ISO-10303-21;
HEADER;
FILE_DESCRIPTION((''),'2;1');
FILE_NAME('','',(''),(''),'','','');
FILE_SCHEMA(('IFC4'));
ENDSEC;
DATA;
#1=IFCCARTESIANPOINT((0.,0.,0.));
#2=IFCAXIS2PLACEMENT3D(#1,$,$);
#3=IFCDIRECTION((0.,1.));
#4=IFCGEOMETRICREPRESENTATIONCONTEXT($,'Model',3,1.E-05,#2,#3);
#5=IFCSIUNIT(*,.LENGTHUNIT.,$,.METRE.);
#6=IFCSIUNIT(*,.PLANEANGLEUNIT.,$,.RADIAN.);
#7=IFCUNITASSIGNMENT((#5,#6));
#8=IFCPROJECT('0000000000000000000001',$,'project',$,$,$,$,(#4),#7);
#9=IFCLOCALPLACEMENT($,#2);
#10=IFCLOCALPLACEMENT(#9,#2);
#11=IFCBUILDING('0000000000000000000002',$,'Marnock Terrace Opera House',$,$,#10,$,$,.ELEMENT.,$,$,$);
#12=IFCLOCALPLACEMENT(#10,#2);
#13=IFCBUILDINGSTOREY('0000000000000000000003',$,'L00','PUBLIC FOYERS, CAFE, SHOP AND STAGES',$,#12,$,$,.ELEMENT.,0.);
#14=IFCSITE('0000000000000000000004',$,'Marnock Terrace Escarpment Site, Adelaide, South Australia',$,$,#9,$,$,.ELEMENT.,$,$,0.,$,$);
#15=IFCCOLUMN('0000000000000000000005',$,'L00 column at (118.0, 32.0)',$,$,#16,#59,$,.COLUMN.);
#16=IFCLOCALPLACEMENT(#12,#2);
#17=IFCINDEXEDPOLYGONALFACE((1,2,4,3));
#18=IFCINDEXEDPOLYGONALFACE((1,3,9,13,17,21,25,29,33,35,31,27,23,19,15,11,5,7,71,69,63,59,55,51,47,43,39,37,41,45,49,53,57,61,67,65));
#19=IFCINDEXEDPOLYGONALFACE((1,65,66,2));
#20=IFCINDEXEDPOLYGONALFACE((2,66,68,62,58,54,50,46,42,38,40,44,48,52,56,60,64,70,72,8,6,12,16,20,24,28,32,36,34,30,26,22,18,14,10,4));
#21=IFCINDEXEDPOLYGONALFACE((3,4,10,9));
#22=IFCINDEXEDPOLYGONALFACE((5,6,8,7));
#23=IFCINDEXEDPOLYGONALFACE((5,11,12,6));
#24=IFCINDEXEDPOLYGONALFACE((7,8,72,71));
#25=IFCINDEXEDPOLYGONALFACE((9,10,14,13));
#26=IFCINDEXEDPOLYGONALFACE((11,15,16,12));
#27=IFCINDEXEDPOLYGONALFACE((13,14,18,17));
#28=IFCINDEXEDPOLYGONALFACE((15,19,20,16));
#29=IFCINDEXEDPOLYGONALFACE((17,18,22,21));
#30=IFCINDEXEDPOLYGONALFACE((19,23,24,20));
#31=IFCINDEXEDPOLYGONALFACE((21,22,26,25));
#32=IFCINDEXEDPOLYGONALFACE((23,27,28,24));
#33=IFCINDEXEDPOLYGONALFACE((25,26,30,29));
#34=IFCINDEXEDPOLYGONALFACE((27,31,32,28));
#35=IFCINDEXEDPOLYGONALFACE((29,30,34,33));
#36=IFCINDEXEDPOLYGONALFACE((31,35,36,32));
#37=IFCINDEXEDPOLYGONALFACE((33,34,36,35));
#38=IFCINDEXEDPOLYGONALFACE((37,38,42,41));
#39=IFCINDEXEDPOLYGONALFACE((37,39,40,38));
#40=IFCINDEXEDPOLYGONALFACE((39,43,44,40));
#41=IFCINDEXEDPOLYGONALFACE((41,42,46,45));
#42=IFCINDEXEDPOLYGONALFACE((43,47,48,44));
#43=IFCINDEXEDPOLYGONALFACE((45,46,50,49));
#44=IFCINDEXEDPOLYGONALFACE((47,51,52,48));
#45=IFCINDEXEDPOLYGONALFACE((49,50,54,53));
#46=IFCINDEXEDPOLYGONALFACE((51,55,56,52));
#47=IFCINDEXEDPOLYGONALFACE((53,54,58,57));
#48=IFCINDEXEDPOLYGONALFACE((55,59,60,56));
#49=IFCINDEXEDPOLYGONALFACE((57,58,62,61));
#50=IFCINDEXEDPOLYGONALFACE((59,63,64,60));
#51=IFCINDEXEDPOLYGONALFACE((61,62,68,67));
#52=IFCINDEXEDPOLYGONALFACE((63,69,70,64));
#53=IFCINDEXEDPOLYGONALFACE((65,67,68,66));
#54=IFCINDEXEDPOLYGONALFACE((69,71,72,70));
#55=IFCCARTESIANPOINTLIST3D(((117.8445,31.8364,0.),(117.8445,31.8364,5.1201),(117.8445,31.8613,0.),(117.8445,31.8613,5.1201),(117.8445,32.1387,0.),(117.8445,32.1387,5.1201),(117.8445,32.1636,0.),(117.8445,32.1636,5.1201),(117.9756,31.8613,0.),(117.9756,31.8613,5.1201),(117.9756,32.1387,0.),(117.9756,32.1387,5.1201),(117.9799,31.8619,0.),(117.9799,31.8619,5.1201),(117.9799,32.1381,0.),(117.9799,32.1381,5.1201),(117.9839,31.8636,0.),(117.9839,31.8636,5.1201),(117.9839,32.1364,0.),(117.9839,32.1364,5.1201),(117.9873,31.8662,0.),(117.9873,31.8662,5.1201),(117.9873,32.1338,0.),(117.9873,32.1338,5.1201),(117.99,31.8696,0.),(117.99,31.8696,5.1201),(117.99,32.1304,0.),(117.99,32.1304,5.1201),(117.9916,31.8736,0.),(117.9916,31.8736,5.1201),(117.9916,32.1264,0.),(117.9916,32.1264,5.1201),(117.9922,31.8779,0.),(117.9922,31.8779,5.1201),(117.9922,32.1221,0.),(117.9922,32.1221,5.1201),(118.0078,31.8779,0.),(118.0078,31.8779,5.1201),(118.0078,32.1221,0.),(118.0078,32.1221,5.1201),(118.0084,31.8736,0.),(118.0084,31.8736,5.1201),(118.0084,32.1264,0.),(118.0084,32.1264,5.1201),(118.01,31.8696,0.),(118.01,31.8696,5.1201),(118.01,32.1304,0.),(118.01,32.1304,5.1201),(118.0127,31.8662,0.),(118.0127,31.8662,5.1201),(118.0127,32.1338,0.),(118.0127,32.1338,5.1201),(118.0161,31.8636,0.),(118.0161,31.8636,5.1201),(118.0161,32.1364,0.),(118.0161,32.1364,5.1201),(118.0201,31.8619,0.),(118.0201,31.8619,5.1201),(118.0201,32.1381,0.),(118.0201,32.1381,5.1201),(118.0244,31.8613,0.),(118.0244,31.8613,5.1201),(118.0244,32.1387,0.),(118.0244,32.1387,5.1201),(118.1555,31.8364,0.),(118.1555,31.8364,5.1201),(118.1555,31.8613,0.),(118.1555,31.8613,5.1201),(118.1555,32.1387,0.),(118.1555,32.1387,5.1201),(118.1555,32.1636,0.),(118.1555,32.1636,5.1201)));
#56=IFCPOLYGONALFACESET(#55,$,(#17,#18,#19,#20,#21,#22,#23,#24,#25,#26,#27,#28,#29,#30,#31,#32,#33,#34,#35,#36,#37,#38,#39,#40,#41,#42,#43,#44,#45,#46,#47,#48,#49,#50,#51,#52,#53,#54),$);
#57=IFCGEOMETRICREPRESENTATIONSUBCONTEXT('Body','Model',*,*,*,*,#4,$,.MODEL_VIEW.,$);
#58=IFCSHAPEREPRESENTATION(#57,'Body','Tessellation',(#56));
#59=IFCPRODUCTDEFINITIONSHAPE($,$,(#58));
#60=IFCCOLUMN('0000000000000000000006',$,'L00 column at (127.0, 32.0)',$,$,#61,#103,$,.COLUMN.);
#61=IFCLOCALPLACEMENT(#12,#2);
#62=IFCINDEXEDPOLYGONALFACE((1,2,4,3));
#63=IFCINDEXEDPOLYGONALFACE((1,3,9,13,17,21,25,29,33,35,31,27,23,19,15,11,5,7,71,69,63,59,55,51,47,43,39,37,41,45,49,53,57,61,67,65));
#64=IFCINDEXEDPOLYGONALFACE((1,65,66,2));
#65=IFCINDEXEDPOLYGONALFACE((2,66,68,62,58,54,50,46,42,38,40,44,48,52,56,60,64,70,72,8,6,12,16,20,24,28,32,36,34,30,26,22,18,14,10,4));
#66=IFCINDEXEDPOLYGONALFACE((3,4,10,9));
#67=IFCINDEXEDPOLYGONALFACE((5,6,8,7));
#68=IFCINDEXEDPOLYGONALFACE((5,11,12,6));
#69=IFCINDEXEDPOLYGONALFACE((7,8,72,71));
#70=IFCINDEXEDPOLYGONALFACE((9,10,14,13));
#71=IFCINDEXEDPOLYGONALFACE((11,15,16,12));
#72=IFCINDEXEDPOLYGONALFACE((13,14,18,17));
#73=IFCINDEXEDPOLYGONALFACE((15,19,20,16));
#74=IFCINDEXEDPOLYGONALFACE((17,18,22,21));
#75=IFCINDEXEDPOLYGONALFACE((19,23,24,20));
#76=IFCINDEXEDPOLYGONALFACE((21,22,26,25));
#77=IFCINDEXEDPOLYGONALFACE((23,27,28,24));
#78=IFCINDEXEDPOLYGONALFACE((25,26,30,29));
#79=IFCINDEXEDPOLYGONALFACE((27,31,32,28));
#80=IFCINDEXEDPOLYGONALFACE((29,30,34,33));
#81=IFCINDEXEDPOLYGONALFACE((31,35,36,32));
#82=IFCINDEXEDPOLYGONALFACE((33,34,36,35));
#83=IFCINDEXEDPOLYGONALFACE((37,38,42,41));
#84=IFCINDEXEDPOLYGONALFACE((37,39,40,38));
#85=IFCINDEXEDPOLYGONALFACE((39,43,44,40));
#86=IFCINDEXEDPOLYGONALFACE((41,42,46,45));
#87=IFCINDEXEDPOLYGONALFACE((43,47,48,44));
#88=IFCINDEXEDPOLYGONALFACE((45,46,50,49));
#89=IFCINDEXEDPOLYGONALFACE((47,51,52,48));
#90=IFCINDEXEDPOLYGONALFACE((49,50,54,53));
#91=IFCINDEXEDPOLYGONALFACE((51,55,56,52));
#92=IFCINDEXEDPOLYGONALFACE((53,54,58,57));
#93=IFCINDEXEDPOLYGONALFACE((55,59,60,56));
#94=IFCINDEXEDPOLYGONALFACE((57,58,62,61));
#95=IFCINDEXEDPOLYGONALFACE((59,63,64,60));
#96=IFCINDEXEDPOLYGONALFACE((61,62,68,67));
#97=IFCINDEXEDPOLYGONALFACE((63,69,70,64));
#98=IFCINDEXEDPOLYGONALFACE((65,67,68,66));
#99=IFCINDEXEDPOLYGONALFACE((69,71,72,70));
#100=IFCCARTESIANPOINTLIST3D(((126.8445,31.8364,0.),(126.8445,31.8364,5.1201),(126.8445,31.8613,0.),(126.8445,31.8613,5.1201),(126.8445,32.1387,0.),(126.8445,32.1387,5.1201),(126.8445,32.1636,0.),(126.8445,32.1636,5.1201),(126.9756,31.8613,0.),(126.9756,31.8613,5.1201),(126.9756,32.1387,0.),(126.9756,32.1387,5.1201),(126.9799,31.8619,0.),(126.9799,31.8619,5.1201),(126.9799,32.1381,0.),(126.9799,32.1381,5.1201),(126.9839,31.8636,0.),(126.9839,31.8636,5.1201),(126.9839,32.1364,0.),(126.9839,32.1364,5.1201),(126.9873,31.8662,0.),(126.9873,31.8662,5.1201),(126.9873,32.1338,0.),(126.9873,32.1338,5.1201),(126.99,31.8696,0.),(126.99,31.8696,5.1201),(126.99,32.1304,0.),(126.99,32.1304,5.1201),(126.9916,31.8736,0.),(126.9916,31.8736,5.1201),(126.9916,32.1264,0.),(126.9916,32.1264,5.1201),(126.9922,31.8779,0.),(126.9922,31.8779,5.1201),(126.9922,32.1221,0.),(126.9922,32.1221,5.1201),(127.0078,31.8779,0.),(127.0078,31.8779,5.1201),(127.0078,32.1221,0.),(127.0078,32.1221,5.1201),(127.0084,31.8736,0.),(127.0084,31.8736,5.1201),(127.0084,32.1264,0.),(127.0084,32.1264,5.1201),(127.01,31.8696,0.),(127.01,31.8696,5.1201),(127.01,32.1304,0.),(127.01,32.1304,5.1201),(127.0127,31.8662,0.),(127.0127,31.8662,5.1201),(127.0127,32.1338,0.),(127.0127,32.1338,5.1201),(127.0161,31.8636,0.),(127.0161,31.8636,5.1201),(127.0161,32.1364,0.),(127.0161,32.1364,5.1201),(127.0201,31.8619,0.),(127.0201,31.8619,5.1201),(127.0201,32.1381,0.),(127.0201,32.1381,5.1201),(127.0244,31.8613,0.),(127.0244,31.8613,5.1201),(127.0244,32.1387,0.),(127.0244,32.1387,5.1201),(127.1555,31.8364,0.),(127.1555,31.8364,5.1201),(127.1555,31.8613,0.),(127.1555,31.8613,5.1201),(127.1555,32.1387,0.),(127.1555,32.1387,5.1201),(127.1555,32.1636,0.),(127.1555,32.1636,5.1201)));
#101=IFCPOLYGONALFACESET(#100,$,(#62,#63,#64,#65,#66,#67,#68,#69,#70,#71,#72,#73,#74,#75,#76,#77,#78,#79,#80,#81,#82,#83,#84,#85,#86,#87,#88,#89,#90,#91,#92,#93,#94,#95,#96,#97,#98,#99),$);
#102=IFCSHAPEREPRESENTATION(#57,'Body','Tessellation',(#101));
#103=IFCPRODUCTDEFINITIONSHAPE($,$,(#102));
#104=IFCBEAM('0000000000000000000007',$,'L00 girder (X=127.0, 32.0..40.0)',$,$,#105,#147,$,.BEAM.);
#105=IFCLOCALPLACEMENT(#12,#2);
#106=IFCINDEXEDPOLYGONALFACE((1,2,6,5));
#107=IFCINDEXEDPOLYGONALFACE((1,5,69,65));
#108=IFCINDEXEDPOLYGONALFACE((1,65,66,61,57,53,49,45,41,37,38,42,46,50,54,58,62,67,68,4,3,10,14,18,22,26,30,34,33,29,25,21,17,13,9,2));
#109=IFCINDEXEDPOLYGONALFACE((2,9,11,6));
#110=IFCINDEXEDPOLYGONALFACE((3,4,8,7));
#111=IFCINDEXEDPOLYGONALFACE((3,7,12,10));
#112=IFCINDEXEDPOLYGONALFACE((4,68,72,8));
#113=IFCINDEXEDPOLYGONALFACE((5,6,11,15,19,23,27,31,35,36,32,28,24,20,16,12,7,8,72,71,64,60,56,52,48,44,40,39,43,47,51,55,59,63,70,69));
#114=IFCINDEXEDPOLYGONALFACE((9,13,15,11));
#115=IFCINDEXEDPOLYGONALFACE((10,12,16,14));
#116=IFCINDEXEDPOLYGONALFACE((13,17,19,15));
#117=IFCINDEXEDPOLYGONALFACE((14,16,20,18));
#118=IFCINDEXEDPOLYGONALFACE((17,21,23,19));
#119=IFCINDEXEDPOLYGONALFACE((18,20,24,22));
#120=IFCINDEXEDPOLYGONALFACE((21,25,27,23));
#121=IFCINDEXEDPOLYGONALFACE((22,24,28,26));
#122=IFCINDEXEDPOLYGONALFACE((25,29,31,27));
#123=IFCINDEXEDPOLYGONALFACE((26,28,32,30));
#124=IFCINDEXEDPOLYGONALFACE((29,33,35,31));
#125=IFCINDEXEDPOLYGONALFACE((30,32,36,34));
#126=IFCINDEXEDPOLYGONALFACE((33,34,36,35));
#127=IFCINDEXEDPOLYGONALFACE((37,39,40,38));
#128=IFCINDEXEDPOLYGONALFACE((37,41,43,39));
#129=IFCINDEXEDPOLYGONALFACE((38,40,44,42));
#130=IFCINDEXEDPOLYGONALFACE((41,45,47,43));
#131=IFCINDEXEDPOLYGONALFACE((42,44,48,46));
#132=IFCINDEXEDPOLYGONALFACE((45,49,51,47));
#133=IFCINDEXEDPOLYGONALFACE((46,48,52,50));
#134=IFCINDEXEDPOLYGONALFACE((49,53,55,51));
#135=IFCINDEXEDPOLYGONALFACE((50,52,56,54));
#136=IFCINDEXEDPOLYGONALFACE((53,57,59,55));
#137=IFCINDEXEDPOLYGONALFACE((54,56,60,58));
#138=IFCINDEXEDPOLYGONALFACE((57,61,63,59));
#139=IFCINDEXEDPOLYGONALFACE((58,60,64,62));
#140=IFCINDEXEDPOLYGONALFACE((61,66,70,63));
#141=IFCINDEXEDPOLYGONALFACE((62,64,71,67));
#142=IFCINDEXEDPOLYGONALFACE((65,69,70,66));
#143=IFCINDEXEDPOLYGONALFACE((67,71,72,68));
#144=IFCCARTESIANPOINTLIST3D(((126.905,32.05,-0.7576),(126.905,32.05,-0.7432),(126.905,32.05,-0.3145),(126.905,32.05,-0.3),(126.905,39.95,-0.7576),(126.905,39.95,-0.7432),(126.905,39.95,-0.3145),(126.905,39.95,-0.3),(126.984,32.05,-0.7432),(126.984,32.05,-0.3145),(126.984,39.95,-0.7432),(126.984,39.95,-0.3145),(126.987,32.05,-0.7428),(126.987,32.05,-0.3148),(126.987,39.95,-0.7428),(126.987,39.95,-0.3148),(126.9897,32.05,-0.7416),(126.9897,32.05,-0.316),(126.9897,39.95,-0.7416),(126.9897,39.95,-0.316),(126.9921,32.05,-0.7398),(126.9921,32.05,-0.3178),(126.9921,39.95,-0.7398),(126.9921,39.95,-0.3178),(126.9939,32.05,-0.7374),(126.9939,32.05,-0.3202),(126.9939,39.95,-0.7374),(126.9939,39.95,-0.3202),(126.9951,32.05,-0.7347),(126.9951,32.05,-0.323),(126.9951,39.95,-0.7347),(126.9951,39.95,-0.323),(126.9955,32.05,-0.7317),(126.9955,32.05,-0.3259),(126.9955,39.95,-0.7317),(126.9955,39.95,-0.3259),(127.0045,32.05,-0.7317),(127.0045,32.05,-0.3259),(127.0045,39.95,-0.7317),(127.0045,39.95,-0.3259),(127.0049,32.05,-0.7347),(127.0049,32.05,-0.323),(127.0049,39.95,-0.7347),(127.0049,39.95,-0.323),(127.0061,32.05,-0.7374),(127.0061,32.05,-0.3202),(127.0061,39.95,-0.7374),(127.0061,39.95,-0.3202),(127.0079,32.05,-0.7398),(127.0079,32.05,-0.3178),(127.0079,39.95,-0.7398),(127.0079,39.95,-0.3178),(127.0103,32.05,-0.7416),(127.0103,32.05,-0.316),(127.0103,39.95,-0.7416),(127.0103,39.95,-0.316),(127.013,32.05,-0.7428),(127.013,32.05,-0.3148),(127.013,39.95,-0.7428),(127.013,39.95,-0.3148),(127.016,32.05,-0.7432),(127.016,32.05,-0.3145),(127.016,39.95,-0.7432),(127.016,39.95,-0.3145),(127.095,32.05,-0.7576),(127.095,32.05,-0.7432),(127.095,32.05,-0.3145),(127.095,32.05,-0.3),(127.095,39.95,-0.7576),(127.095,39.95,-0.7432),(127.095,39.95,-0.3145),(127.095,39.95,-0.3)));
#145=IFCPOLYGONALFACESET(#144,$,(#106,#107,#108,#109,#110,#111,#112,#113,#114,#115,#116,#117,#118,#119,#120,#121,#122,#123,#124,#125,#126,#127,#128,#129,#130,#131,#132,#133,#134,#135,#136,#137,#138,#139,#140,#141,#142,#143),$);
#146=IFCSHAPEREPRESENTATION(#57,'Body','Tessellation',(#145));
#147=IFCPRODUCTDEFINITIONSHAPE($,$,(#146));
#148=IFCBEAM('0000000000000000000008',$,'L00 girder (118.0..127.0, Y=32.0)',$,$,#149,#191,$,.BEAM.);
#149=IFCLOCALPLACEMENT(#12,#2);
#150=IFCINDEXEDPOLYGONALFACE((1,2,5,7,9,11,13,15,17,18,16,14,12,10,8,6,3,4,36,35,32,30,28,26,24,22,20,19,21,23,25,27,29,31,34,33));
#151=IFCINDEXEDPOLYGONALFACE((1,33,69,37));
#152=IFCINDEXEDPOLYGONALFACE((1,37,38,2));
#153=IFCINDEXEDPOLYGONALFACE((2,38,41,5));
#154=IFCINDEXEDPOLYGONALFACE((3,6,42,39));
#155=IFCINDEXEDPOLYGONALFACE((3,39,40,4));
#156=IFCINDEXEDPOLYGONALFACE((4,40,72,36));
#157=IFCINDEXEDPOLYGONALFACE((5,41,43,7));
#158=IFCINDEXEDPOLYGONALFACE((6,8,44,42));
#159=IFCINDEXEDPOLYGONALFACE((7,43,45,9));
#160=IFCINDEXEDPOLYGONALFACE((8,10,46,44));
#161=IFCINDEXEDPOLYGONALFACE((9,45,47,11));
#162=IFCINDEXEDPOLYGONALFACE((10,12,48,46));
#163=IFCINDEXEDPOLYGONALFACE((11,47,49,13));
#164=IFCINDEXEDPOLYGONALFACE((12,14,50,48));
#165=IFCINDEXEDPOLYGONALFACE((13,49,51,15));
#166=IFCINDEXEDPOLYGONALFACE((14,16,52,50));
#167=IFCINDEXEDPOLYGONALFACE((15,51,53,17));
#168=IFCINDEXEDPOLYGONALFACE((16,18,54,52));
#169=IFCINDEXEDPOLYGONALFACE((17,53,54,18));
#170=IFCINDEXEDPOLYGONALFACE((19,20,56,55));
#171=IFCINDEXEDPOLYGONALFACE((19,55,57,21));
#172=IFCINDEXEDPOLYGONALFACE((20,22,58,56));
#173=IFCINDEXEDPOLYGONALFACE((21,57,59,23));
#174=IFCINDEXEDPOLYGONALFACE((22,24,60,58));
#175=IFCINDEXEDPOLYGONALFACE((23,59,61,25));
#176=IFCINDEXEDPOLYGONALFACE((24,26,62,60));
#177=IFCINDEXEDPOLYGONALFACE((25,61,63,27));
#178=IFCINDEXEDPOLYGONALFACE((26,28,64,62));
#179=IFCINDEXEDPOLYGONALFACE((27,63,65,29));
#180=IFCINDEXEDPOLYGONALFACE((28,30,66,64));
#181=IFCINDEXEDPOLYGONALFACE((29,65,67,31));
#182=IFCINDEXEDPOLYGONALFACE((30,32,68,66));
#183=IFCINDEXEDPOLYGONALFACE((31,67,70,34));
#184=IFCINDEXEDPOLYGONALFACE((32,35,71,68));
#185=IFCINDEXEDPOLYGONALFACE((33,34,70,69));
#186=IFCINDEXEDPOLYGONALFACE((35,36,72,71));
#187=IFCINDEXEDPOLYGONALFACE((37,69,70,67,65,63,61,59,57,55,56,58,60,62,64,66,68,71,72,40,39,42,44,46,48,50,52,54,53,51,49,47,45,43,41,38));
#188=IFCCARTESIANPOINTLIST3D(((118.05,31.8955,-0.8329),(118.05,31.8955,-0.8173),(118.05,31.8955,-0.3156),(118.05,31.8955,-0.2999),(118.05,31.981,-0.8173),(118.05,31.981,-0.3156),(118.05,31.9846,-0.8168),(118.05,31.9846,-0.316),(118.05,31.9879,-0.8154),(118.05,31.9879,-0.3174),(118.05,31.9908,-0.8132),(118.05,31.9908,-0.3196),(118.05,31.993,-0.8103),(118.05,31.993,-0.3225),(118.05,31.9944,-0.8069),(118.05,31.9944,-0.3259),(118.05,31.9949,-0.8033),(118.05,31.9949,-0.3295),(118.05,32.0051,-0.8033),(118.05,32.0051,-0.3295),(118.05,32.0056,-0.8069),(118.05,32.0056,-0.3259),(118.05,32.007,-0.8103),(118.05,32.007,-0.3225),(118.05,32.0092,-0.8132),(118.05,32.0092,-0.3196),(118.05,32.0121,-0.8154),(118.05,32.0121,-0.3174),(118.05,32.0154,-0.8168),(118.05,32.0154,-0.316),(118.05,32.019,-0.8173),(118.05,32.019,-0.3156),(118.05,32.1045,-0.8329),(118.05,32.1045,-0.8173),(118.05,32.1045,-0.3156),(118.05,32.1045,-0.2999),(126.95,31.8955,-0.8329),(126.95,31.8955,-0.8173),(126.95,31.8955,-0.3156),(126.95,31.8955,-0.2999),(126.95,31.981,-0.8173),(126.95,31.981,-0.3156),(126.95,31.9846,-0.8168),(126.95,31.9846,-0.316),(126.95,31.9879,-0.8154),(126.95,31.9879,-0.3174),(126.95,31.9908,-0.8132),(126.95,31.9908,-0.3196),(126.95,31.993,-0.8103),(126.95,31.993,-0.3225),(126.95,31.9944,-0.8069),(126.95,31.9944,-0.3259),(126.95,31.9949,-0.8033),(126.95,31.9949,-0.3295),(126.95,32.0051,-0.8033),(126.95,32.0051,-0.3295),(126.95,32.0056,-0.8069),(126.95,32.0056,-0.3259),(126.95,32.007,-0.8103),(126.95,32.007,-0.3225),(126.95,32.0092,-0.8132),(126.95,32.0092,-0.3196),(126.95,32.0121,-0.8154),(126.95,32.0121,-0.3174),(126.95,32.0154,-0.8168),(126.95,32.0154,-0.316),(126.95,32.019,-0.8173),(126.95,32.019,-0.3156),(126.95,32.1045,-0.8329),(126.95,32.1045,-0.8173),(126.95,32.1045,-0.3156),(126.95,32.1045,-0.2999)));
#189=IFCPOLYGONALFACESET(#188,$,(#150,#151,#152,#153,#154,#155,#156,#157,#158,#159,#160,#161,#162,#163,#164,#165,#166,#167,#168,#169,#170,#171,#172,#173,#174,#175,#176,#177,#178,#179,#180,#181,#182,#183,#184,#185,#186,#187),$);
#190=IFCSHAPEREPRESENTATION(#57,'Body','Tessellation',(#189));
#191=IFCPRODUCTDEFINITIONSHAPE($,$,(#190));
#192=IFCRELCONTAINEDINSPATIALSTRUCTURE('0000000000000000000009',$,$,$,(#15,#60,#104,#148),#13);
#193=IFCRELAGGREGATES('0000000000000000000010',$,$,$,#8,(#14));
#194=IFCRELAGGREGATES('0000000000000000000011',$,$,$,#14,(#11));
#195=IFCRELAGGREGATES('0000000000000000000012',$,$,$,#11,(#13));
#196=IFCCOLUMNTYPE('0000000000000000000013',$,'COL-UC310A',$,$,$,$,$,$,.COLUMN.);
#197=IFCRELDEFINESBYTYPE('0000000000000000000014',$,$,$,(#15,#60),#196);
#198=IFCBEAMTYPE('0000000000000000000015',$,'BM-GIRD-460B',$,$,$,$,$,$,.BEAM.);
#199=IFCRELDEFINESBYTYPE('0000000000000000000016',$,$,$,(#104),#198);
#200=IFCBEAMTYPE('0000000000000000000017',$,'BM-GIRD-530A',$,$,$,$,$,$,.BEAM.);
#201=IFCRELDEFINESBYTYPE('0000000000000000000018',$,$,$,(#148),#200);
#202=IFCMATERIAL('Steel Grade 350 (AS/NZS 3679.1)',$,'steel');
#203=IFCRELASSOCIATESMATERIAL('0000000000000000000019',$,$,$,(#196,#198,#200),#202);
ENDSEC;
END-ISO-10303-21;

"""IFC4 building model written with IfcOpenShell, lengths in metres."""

from ifc_helpers import new_model, si_unit, direction, frame, origin, origin_2d, place, context, subcontext, project, spatial, i_section, extrude, material, material_profile, profile_set, type_object, element, save


model = new_model("IFC4")

# Units and contexts
model_context = context("Model", 3, precision=1e-05, world=origin(), true_north=direction((0.0, 1.0)))
body_context = subcontext(model_context, "Body", "Model", "MODEL_VIEW")
ifc_project = project(units=[si_unit("LENGTHUNIT", "METRE"), si_unit("PLANEANGLEUNIT", "RADIAN")], contexts=[model_context])

# Site, building, storey
site_placement = place(None, origin())
site = spatial("IfcSite", under=ifc_project, at=site_placement, Name="Marnock Terrace Escarpment Site, Adelaide, South Australia", CompositionType="ELEMENT", RefElevation=0.0)
building_placement = place(site_placement, origin())
building = spatial("IfcBuilding", under=site, at=building_placement, Name="Marnock Terrace Opera House", CompositionType="ELEMENT")
storey_placement = place(building_placement, origin())
storey = spatial("IfcBuildingStorey", under=building, at=storey_placement, Name="L00", Description="PUBLIC FOYERS, CAFE, SHOP AND STAGES", CompositionType="ELEMENT", Elevation=0.0)

# Columns
ifc_material_1 = material(Name="Steel Grade 350 (AS/NZS 3679.1)", Category="steel")
ifc_material_profile_1 = material_profile(ifc_material_1, i_section(OverallWidth=0.311, OverallDepth=0.3271, WebThickness=0.0156, FlangeThickness=0.0249, FilletRadius=0.0166, at=origin_2d()))
ifc_profile_set_1 = profile_set([ifc_material_profile_1], Name="Steel Grade 350 (AS/NZS 3679.1)")
column_type = type_object("IfcColumnType", Name="COL-UC310A", PredefinedType="COLUMN", material=ifc_profile_set_1)
for number, where, z_axis, x_axis, name in (
    (1, (118.0, 32.0, 0.0), (0.0, 0.0, 1.0), (1.0, 0.0, 0.0), "L00 column at (118.0, 32.0)"),
    (2, (127.0, 32.0, 0.0), (0.0, 0.0, 1.0), (1.0, 0.0, 0.0), "L00 column at (127.0, 32.0)"),
):
    element("IfcColumn", number, at=place(storey_placement, frame(where, z_axis=z_axis, x_axis=x_axis)), inside=storey, type_object=column_type, Name=name, PredefinedType="COLUMN", context=body_context, shape_type="SweptSolid", body=[
        extrude(i_section(OverallWidth=0.311, OverallDepth=0.3271, WebThickness=0.0156, FlangeThickness=0.0249, FilletRadius=0.0166, at=origin_2d()), origin(), (0.0, 0.0, 1.0), 5.1201),
    ])

# Beams
ifc_material_profile_2 = material_profile(ifc_material_1, i_section(OverallWidth=0.1899, OverallDepth=0.4575, WebThickness=0.009, FlangeThickness=0.0144, FilletRadius=0.0115, at=origin_2d()))
ifc_profile_set_2 = profile_set([ifc_material_profile_2], Name="Steel Grade 350 (AS/NZS 3679.1)")
beam_type_1 = type_object("IfcBeamType", Name="BM-GIRD-460B", PredefinedType="BEAM", material=ifc_profile_set_2)
beam_1_placement = place(storey_placement, frame((127.0, 32.05, -0.5288), z_axis=(0.0, 1.0, 0.0), x_axis=(-1.0, 0.0, 0.0)))
element("IfcBeam", 3, at=beam_1_placement, inside=storey, type_object=beam_type_1, Name="L00 girder (X=127.0, 32.0..40.0)", PredefinedType="BEAM", context=body_context, shape_type="SweptSolid", body=[
    extrude(i_section(OverallWidth=0.1899, OverallDepth=0.4575, WebThickness=0.009, FlangeThickness=0.0144, FilletRadius=0.0115, at=origin_2d()), origin(), (0.0, 0.0, 1.0), 7.8999),
])
ifc_material_profile_3 = material_profile(ifc_material_1, i_section(OverallWidth=0.209, OverallDepth=0.533, WebThickness=0.0103, FlangeThickness=0.0156, FilletRadius=0.0139, at=origin_2d()))
ifc_profile_set_3 = profile_set([ifc_material_profile_3], Name="Steel Grade 350 (AS/NZS 3679.1)")
beam_type_2 = type_object("IfcBeamType", Name="BM-GIRD-530A", PredefinedType="BEAM", material=ifc_profile_set_3)
beam_2_placement = place(storey_placement, frame((118.05, 32.0, -0.5664), z_axis=(1.0, 0.0, 0.0), x_axis=(0.0, 1.0, 0.0)))
element("IfcBeam", 4, at=beam_2_placement, inside=storey, type_object=beam_type_2, Name="L00 girder (118.0..127.0, Y=32.0)", PredefinedType="BEAM", context=body_context, shape_type="SweptSolid", body=[
    extrude(i_section(OverallWidth=0.209, OverallDepth=0.533, WebThickness=0.0103, FlangeThickness=0.0156, FilletRadius=0.0139, at=origin_2d()), origin(), (0.0, 0.0, 1.0), 8.8999),
])

save(model, "model.ifc")
